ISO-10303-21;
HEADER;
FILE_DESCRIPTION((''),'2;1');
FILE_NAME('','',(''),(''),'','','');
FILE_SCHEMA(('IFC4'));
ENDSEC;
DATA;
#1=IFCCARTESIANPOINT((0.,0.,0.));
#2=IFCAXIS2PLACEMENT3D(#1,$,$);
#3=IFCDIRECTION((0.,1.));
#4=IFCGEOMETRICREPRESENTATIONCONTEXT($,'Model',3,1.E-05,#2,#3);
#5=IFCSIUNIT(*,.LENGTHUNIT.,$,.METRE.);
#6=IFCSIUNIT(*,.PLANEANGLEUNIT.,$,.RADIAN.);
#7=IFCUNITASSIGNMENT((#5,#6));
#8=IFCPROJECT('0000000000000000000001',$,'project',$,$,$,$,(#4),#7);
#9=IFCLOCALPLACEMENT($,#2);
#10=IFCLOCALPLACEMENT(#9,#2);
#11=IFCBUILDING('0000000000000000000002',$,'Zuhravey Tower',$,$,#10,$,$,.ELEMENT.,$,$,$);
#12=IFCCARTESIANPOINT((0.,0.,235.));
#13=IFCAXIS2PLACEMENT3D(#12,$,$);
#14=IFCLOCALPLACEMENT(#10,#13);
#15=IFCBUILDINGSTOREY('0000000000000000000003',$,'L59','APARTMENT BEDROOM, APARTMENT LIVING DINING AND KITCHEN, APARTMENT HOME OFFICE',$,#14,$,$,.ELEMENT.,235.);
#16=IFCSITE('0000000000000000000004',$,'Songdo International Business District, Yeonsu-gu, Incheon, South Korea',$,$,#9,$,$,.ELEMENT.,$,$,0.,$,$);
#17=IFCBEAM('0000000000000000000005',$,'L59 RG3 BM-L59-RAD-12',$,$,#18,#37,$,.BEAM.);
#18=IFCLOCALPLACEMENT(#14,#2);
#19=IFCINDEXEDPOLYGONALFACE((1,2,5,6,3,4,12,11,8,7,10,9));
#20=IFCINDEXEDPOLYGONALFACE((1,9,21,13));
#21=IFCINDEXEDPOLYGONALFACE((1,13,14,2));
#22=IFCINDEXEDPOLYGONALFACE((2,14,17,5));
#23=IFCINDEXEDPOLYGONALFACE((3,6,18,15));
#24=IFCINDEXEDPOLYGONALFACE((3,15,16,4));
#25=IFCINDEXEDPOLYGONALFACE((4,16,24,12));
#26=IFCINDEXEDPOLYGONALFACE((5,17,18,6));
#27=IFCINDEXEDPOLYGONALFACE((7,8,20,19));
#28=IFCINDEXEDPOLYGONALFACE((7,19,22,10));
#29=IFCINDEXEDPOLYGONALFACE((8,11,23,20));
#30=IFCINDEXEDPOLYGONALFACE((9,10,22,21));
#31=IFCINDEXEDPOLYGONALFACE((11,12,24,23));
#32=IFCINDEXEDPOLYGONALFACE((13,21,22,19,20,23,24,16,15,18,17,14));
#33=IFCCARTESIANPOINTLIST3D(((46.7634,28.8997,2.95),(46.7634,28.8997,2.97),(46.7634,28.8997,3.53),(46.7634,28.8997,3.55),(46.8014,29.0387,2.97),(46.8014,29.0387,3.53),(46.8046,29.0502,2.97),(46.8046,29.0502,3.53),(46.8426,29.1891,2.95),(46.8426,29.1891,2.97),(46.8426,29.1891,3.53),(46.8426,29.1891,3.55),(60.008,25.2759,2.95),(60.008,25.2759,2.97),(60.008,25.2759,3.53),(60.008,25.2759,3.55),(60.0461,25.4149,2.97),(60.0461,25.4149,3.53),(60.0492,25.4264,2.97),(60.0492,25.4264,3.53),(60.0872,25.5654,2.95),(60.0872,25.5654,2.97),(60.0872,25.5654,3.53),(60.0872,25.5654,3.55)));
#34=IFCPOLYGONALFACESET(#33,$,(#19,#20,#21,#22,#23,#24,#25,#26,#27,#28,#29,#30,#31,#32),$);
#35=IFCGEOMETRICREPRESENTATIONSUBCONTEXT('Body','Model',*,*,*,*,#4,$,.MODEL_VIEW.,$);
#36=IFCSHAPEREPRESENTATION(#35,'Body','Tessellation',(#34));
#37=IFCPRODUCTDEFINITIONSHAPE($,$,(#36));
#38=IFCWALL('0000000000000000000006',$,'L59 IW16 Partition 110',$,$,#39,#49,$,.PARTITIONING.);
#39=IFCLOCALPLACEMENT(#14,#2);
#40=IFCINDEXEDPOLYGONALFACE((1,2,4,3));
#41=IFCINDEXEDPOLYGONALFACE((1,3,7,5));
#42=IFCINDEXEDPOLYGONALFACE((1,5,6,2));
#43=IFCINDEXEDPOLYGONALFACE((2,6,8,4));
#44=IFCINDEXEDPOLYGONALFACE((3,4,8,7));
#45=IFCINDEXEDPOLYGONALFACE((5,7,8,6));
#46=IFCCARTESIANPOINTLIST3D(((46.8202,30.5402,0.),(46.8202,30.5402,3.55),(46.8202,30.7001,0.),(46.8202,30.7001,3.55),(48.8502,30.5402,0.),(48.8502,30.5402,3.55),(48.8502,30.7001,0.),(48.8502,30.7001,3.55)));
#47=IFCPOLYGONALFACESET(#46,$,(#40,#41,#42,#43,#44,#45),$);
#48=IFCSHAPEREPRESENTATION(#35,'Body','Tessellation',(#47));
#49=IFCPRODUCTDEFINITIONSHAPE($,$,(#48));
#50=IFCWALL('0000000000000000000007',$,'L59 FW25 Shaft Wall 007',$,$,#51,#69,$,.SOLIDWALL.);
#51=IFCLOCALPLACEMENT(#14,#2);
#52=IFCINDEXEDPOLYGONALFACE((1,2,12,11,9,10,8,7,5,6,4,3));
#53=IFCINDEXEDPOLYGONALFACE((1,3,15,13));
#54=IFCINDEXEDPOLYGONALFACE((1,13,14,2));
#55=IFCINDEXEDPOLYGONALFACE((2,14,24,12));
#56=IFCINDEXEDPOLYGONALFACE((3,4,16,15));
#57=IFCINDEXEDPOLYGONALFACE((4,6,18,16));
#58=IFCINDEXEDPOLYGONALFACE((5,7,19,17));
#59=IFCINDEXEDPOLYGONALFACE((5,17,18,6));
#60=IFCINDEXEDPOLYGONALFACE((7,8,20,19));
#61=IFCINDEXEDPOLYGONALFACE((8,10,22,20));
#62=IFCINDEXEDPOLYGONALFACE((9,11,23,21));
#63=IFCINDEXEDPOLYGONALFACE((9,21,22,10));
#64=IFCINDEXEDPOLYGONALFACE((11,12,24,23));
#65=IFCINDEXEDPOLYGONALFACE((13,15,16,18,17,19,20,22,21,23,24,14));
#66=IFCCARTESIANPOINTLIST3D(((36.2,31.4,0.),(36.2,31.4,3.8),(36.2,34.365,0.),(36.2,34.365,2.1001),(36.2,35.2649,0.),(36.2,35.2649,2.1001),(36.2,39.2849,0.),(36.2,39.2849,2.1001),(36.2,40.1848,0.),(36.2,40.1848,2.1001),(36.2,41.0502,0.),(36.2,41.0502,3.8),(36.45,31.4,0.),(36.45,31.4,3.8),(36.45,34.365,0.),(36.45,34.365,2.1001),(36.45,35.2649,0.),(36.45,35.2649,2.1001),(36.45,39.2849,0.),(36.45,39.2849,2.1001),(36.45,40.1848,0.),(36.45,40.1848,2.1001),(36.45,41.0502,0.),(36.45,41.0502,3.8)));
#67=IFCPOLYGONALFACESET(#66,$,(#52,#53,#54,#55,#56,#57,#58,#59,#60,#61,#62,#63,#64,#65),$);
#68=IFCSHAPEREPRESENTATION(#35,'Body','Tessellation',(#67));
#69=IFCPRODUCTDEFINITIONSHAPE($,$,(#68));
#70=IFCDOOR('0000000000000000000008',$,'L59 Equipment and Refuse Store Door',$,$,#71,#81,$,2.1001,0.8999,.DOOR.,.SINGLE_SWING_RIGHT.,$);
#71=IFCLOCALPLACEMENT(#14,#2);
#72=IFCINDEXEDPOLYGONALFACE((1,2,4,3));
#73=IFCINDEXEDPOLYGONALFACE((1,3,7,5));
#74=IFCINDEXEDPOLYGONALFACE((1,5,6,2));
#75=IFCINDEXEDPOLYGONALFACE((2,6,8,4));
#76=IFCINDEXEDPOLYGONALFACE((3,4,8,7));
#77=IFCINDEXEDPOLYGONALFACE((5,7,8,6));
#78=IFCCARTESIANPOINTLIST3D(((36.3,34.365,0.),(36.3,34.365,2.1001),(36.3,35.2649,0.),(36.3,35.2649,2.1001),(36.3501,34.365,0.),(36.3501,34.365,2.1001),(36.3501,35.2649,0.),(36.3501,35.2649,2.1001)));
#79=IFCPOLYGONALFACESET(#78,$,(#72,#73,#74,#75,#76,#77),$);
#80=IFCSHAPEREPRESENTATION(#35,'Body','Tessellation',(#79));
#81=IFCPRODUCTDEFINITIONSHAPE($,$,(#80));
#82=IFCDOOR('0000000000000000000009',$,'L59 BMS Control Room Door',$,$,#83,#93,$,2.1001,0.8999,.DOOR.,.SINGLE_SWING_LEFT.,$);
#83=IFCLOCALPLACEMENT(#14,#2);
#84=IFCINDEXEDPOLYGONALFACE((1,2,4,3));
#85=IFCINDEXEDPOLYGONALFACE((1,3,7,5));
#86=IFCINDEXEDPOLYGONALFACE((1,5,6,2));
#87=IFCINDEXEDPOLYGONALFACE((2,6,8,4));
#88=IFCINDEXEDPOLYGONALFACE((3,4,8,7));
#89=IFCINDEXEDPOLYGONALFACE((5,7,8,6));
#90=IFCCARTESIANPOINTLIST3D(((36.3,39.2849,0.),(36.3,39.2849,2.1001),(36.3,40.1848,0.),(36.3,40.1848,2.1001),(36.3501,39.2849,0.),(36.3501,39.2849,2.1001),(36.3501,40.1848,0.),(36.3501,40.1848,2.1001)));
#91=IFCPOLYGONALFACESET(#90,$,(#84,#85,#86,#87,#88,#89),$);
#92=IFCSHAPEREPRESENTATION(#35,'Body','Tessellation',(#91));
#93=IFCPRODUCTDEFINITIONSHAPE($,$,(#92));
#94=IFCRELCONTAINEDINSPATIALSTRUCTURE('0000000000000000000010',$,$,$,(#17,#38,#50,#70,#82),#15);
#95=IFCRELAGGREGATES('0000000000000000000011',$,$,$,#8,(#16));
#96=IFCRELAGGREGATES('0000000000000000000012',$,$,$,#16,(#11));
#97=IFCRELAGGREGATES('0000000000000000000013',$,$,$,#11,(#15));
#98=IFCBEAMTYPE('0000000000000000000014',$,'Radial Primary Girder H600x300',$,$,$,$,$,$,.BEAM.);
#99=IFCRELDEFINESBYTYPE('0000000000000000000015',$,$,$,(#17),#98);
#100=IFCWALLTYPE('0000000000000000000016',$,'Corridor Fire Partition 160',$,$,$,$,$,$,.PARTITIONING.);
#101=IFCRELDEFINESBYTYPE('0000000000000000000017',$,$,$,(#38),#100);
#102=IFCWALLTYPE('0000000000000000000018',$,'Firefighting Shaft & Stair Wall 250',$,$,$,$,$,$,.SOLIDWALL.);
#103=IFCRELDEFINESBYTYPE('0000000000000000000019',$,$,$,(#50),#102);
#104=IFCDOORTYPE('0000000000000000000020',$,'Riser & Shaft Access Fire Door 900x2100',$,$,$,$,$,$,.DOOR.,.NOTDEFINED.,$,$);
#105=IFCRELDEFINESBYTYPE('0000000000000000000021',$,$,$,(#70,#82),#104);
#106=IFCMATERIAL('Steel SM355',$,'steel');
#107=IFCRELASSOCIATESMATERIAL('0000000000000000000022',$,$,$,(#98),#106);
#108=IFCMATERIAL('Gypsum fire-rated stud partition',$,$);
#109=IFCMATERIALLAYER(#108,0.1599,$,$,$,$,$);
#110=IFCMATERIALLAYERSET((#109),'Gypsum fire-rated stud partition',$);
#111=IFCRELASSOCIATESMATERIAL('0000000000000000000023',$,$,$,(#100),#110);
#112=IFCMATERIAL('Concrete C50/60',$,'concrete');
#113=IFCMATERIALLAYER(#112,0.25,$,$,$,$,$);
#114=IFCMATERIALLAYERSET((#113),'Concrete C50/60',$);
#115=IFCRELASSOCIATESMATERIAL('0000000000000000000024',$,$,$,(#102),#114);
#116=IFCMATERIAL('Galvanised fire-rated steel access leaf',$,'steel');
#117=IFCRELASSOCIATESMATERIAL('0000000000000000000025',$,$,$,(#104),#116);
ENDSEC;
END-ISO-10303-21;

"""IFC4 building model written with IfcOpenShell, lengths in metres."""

from ifc_helpers import new_model, si_unit, direction, frame, frame_2d, origin, origin_2d, place, context, subcontext, project, spatial, rectangle, i_section, extrude, material, layer, layer_set, material_profile, profile_set, type_object, element, fill, save


model = new_model("IFC4")

# Units and contexts
model_context = context("Model", 3, precision=1e-05, world=origin(), true_north=direction((0.0, 1.0)))
body_context = subcontext(model_context, "Body", "Model", "MODEL_VIEW")
ifc_project = project(units=[si_unit("LENGTHUNIT", "METRE"), si_unit("PLANEANGLEUNIT", "RADIAN")], contexts=[model_context])

# Site, building, storey
site_placement = place(None, origin())
site = spatial("IfcSite", under=ifc_project, at=site_placement, Name="Songdo International Business District, Yeonsu-gu, Incheon, South Korea", CompositionType="ELEMENT", RefElevation=0.0)
building_placement = place(site_placement, origin())
building = spatial("IfcBuilding", under=site, at=building_placement, Name="Zuhravey Tower", CompositionType="ELEMENT")
storey_placement = place(building_placement, frame((0.0, 0.0, 235.0)))
storey = spatial("IfcBuildingStorey", under=building, at=storey_placement, Name="L59", Description="APARTMENT BEDROOM, APARTMENT LIVING DINING AND KITCHEN, APARTMENT HOME OFFICE", CompositionType="ELEMENT", Elevation=235.0)

# Beam
ifc_material_1 = material(Name="Steel SM355", Category="steel")
ifc_material_profile = material_profile(ifc_material_1, i_section(OverallWidth=0.3, OverallDepth=0.6001, WebThickness=0.012, FlangeThickness=0.02, at=origin_2d()), Name="H-600x300x12x20")
ifc_profile_set = profile_set([ifc_material_profile], Name="Steel SM355")
beam_type = type_object("IfcBeamType", Name="Radial Primary Girder H600x300", PredefinedType="BEAM", material=ifc_profile_set)
beam_placement = place(storey_placement, frame((46.803, 29.0444, 3.25), z_axis=(0.964549, -0.263904, 0.0), x_axis=(0.263904, 0.964549, 0.0)))
element("IfcBeam", 1, at=beam_placement, inside=storey, type_object=beam_type, Name="L59 RG3 BM-L59-RAD-12", PredefinedType="BEAM", context=body_context, shape_type="SweptSolid", body=[
    extrude(i_section(OverallWidth=0.3, OverallDepth=0.6001, WebThickness=0.012, FlangeThickness=0.02, at=origin_2d()), origin(), (0.0, 0.0, 1.0), 13.7314),
])

# Wall
ifc_material_2 = material(Name="Gypsum fire-rated stud partition")
ifc_layer_1 = layer(ifc_material_2, 0.1599)
ifc_layer_set_1 = layer_set([ifc_layer_1], Name="Gypsum fire-rated stud partition")
wall_type_1 = type_object("IfcWallType", Name="Corridor Fire Partition 160", PredefinedType="PARTITIONING", material=ifc_layer_set_1)
wall_1_placement = place(storey_placement, frame((46.8201, 30.6201, 0.0), z_axis=(0.0, 0.0, 1.0), x_axis=(1.0, 0.0, 0.0)))
element("IfcWall", 2, at=wall_1_placement, inside=storey, type_object=wall_type_1, Name="L59 IW16 Partition 110", PredefinedType="PARTITIONING", context=body_context, shape_type="SweptSolid", body=[
    extrude(rectangle(XDim=2.03, YDim=0.1599, at=frame_2d((1.0151, 0.0))), origin(), (0.0, 0.0, 1.0), 3.55),
])

# Wall, openings, doors
ifc_material_3 = material(Name="Concrete C50/60", Category="concrete")
ifc_layer_2 = layer(ifc_material_3, 0.25)
ifc_layer_set_2 = layer_set([ifc_layer_2], Name="Concrete C50/60")
wall_type_2 = type_object("IfcWallType", Name="Firefighting Shaft & Stair Wall 250", PredefinedType="SOLIDWALL", material=ifc_layer_set_2)
wall_2_placement = place(storey_placement, frame((36.325, 31.3999, 0.0), z_axis=(0.0, 0.0, 1.0), x_axis=(0.0, 1.0, 0.0)))
wall_2 = element("IfcWall", 3, at=wall_2_placement, inside=storey, type_object=wall_type_2, Name="L59 FW25 Shaft Wall 007", PredefinedType="SOLIDWALL", context=body_context, shape_type="SweptSolid", body=[
    extrude(rectangle(XDim=9.6501, YDim=0.25, at=frame_2d((4.8252, 0.0))), origin(), (0.0, 0.0, 1.0), 3.8),
])
opening_1_placement = place(wall_2_placement, frame((2.9651, 0.0, 0.0)))
opening_1 = element("IfcOpeningElement", 4, at=opening_1_placement, cuts=wall_2, PredefinedType="OPENING", context=body_context, shape_type="SweptSolid", body=[
    extrude(rectangle(XDim=0.8999, YDim=2.1001, at=frame_2d((0.45, 1.05))), frame((0.0, 0.137, 0.0), z_axis=(0.0, -1.0, 0.0), x_axis=(1.0, 0.0, 0.0)), (0.0, 0.0, 1.0), 0.2739),
])
opening_2_placement = place(wall_2_placement, frame((7.885, 0.0, 0.0)))
opening_2 = element("IfcOpeningElement", 5, at=opening_2_placement, cuts=wall_2, PredefinedType="OPENING", context=body_context, shape_type="SweptSolid", body=[
    extrude(rectangle(XDim=0.8999, YDim=2.1001, at=frame_2d((0.45, 1.05))), frame((0.0, 0.137, 0.0), z_axis=(0.0, -1.0, 0.0), x_axis=(1.0, 0.0, 0.0)), (0.0, 0.0, 1.0), 0.2739),
])
ifc_material_4 = material(Name="Galvanised fire-rated steel access leaf", Category="steel")
door_type_1 = type_object("IfcDoorType", Name="Riser & Shaft Access Fire Door 900x2100", OperationType="NOTDEFINED", PredefinedType="DOOR", material=ifc_material_4)
door_1_placement = place(opening_1_placement, origin())
door_1 = element("IfcDoor", 6, at=door_1_placement, inside=storey, type_object=door_type_1, Name="L59 Equipment and Refuse Store Door", OperationType="SINGLE_SWING_RIGHT", OverallHeight=2.1001, OverallWidth=0.8999, PredefinedType="DOOR", context=body_context, shape_type="SweptSolid", body=[
    extrude(rectangle(XDim=0.8999, YDim=2.1001, at=frame_2d((0.45, 1.05))), frame((0.0, 0.0249, 0.0), z_axis=(0.0, -1.0, 0.0), x_axis=(1.0, 0.0, 0.0)), (0.0, 0.0, 1.0), 0.05),
])
fill(opening_1, door_1)
door_2_placement = place(opening_2_placement, origin())
door_2 = element("IfcDoor", 7, at=door_2_placement, inside=storey, type_object=door_type_1, Name="L59 BMS Control Room Door", OperationType="SINGLE_SWING_LEFT", OverallHeight=2.1001, OverallWidth=0.8999, PredefinedType="DOOR", context=body_context, shape_type="SweptSolid", body=[
    extrude(rectangle(XDim=0.8999, YDim=2.1001, at=frame_2d((0.45, 1.05))), frame((0.0, 0.0249, 0.0), z_axis=(0.0, -1.0, 0.0), x_axis=(1.0, 0.0, 0.0)), (0.0, 0.0, 1.0), 0.05),
])
fill(opening_2, door_2)

save(model, "model.ifc")
